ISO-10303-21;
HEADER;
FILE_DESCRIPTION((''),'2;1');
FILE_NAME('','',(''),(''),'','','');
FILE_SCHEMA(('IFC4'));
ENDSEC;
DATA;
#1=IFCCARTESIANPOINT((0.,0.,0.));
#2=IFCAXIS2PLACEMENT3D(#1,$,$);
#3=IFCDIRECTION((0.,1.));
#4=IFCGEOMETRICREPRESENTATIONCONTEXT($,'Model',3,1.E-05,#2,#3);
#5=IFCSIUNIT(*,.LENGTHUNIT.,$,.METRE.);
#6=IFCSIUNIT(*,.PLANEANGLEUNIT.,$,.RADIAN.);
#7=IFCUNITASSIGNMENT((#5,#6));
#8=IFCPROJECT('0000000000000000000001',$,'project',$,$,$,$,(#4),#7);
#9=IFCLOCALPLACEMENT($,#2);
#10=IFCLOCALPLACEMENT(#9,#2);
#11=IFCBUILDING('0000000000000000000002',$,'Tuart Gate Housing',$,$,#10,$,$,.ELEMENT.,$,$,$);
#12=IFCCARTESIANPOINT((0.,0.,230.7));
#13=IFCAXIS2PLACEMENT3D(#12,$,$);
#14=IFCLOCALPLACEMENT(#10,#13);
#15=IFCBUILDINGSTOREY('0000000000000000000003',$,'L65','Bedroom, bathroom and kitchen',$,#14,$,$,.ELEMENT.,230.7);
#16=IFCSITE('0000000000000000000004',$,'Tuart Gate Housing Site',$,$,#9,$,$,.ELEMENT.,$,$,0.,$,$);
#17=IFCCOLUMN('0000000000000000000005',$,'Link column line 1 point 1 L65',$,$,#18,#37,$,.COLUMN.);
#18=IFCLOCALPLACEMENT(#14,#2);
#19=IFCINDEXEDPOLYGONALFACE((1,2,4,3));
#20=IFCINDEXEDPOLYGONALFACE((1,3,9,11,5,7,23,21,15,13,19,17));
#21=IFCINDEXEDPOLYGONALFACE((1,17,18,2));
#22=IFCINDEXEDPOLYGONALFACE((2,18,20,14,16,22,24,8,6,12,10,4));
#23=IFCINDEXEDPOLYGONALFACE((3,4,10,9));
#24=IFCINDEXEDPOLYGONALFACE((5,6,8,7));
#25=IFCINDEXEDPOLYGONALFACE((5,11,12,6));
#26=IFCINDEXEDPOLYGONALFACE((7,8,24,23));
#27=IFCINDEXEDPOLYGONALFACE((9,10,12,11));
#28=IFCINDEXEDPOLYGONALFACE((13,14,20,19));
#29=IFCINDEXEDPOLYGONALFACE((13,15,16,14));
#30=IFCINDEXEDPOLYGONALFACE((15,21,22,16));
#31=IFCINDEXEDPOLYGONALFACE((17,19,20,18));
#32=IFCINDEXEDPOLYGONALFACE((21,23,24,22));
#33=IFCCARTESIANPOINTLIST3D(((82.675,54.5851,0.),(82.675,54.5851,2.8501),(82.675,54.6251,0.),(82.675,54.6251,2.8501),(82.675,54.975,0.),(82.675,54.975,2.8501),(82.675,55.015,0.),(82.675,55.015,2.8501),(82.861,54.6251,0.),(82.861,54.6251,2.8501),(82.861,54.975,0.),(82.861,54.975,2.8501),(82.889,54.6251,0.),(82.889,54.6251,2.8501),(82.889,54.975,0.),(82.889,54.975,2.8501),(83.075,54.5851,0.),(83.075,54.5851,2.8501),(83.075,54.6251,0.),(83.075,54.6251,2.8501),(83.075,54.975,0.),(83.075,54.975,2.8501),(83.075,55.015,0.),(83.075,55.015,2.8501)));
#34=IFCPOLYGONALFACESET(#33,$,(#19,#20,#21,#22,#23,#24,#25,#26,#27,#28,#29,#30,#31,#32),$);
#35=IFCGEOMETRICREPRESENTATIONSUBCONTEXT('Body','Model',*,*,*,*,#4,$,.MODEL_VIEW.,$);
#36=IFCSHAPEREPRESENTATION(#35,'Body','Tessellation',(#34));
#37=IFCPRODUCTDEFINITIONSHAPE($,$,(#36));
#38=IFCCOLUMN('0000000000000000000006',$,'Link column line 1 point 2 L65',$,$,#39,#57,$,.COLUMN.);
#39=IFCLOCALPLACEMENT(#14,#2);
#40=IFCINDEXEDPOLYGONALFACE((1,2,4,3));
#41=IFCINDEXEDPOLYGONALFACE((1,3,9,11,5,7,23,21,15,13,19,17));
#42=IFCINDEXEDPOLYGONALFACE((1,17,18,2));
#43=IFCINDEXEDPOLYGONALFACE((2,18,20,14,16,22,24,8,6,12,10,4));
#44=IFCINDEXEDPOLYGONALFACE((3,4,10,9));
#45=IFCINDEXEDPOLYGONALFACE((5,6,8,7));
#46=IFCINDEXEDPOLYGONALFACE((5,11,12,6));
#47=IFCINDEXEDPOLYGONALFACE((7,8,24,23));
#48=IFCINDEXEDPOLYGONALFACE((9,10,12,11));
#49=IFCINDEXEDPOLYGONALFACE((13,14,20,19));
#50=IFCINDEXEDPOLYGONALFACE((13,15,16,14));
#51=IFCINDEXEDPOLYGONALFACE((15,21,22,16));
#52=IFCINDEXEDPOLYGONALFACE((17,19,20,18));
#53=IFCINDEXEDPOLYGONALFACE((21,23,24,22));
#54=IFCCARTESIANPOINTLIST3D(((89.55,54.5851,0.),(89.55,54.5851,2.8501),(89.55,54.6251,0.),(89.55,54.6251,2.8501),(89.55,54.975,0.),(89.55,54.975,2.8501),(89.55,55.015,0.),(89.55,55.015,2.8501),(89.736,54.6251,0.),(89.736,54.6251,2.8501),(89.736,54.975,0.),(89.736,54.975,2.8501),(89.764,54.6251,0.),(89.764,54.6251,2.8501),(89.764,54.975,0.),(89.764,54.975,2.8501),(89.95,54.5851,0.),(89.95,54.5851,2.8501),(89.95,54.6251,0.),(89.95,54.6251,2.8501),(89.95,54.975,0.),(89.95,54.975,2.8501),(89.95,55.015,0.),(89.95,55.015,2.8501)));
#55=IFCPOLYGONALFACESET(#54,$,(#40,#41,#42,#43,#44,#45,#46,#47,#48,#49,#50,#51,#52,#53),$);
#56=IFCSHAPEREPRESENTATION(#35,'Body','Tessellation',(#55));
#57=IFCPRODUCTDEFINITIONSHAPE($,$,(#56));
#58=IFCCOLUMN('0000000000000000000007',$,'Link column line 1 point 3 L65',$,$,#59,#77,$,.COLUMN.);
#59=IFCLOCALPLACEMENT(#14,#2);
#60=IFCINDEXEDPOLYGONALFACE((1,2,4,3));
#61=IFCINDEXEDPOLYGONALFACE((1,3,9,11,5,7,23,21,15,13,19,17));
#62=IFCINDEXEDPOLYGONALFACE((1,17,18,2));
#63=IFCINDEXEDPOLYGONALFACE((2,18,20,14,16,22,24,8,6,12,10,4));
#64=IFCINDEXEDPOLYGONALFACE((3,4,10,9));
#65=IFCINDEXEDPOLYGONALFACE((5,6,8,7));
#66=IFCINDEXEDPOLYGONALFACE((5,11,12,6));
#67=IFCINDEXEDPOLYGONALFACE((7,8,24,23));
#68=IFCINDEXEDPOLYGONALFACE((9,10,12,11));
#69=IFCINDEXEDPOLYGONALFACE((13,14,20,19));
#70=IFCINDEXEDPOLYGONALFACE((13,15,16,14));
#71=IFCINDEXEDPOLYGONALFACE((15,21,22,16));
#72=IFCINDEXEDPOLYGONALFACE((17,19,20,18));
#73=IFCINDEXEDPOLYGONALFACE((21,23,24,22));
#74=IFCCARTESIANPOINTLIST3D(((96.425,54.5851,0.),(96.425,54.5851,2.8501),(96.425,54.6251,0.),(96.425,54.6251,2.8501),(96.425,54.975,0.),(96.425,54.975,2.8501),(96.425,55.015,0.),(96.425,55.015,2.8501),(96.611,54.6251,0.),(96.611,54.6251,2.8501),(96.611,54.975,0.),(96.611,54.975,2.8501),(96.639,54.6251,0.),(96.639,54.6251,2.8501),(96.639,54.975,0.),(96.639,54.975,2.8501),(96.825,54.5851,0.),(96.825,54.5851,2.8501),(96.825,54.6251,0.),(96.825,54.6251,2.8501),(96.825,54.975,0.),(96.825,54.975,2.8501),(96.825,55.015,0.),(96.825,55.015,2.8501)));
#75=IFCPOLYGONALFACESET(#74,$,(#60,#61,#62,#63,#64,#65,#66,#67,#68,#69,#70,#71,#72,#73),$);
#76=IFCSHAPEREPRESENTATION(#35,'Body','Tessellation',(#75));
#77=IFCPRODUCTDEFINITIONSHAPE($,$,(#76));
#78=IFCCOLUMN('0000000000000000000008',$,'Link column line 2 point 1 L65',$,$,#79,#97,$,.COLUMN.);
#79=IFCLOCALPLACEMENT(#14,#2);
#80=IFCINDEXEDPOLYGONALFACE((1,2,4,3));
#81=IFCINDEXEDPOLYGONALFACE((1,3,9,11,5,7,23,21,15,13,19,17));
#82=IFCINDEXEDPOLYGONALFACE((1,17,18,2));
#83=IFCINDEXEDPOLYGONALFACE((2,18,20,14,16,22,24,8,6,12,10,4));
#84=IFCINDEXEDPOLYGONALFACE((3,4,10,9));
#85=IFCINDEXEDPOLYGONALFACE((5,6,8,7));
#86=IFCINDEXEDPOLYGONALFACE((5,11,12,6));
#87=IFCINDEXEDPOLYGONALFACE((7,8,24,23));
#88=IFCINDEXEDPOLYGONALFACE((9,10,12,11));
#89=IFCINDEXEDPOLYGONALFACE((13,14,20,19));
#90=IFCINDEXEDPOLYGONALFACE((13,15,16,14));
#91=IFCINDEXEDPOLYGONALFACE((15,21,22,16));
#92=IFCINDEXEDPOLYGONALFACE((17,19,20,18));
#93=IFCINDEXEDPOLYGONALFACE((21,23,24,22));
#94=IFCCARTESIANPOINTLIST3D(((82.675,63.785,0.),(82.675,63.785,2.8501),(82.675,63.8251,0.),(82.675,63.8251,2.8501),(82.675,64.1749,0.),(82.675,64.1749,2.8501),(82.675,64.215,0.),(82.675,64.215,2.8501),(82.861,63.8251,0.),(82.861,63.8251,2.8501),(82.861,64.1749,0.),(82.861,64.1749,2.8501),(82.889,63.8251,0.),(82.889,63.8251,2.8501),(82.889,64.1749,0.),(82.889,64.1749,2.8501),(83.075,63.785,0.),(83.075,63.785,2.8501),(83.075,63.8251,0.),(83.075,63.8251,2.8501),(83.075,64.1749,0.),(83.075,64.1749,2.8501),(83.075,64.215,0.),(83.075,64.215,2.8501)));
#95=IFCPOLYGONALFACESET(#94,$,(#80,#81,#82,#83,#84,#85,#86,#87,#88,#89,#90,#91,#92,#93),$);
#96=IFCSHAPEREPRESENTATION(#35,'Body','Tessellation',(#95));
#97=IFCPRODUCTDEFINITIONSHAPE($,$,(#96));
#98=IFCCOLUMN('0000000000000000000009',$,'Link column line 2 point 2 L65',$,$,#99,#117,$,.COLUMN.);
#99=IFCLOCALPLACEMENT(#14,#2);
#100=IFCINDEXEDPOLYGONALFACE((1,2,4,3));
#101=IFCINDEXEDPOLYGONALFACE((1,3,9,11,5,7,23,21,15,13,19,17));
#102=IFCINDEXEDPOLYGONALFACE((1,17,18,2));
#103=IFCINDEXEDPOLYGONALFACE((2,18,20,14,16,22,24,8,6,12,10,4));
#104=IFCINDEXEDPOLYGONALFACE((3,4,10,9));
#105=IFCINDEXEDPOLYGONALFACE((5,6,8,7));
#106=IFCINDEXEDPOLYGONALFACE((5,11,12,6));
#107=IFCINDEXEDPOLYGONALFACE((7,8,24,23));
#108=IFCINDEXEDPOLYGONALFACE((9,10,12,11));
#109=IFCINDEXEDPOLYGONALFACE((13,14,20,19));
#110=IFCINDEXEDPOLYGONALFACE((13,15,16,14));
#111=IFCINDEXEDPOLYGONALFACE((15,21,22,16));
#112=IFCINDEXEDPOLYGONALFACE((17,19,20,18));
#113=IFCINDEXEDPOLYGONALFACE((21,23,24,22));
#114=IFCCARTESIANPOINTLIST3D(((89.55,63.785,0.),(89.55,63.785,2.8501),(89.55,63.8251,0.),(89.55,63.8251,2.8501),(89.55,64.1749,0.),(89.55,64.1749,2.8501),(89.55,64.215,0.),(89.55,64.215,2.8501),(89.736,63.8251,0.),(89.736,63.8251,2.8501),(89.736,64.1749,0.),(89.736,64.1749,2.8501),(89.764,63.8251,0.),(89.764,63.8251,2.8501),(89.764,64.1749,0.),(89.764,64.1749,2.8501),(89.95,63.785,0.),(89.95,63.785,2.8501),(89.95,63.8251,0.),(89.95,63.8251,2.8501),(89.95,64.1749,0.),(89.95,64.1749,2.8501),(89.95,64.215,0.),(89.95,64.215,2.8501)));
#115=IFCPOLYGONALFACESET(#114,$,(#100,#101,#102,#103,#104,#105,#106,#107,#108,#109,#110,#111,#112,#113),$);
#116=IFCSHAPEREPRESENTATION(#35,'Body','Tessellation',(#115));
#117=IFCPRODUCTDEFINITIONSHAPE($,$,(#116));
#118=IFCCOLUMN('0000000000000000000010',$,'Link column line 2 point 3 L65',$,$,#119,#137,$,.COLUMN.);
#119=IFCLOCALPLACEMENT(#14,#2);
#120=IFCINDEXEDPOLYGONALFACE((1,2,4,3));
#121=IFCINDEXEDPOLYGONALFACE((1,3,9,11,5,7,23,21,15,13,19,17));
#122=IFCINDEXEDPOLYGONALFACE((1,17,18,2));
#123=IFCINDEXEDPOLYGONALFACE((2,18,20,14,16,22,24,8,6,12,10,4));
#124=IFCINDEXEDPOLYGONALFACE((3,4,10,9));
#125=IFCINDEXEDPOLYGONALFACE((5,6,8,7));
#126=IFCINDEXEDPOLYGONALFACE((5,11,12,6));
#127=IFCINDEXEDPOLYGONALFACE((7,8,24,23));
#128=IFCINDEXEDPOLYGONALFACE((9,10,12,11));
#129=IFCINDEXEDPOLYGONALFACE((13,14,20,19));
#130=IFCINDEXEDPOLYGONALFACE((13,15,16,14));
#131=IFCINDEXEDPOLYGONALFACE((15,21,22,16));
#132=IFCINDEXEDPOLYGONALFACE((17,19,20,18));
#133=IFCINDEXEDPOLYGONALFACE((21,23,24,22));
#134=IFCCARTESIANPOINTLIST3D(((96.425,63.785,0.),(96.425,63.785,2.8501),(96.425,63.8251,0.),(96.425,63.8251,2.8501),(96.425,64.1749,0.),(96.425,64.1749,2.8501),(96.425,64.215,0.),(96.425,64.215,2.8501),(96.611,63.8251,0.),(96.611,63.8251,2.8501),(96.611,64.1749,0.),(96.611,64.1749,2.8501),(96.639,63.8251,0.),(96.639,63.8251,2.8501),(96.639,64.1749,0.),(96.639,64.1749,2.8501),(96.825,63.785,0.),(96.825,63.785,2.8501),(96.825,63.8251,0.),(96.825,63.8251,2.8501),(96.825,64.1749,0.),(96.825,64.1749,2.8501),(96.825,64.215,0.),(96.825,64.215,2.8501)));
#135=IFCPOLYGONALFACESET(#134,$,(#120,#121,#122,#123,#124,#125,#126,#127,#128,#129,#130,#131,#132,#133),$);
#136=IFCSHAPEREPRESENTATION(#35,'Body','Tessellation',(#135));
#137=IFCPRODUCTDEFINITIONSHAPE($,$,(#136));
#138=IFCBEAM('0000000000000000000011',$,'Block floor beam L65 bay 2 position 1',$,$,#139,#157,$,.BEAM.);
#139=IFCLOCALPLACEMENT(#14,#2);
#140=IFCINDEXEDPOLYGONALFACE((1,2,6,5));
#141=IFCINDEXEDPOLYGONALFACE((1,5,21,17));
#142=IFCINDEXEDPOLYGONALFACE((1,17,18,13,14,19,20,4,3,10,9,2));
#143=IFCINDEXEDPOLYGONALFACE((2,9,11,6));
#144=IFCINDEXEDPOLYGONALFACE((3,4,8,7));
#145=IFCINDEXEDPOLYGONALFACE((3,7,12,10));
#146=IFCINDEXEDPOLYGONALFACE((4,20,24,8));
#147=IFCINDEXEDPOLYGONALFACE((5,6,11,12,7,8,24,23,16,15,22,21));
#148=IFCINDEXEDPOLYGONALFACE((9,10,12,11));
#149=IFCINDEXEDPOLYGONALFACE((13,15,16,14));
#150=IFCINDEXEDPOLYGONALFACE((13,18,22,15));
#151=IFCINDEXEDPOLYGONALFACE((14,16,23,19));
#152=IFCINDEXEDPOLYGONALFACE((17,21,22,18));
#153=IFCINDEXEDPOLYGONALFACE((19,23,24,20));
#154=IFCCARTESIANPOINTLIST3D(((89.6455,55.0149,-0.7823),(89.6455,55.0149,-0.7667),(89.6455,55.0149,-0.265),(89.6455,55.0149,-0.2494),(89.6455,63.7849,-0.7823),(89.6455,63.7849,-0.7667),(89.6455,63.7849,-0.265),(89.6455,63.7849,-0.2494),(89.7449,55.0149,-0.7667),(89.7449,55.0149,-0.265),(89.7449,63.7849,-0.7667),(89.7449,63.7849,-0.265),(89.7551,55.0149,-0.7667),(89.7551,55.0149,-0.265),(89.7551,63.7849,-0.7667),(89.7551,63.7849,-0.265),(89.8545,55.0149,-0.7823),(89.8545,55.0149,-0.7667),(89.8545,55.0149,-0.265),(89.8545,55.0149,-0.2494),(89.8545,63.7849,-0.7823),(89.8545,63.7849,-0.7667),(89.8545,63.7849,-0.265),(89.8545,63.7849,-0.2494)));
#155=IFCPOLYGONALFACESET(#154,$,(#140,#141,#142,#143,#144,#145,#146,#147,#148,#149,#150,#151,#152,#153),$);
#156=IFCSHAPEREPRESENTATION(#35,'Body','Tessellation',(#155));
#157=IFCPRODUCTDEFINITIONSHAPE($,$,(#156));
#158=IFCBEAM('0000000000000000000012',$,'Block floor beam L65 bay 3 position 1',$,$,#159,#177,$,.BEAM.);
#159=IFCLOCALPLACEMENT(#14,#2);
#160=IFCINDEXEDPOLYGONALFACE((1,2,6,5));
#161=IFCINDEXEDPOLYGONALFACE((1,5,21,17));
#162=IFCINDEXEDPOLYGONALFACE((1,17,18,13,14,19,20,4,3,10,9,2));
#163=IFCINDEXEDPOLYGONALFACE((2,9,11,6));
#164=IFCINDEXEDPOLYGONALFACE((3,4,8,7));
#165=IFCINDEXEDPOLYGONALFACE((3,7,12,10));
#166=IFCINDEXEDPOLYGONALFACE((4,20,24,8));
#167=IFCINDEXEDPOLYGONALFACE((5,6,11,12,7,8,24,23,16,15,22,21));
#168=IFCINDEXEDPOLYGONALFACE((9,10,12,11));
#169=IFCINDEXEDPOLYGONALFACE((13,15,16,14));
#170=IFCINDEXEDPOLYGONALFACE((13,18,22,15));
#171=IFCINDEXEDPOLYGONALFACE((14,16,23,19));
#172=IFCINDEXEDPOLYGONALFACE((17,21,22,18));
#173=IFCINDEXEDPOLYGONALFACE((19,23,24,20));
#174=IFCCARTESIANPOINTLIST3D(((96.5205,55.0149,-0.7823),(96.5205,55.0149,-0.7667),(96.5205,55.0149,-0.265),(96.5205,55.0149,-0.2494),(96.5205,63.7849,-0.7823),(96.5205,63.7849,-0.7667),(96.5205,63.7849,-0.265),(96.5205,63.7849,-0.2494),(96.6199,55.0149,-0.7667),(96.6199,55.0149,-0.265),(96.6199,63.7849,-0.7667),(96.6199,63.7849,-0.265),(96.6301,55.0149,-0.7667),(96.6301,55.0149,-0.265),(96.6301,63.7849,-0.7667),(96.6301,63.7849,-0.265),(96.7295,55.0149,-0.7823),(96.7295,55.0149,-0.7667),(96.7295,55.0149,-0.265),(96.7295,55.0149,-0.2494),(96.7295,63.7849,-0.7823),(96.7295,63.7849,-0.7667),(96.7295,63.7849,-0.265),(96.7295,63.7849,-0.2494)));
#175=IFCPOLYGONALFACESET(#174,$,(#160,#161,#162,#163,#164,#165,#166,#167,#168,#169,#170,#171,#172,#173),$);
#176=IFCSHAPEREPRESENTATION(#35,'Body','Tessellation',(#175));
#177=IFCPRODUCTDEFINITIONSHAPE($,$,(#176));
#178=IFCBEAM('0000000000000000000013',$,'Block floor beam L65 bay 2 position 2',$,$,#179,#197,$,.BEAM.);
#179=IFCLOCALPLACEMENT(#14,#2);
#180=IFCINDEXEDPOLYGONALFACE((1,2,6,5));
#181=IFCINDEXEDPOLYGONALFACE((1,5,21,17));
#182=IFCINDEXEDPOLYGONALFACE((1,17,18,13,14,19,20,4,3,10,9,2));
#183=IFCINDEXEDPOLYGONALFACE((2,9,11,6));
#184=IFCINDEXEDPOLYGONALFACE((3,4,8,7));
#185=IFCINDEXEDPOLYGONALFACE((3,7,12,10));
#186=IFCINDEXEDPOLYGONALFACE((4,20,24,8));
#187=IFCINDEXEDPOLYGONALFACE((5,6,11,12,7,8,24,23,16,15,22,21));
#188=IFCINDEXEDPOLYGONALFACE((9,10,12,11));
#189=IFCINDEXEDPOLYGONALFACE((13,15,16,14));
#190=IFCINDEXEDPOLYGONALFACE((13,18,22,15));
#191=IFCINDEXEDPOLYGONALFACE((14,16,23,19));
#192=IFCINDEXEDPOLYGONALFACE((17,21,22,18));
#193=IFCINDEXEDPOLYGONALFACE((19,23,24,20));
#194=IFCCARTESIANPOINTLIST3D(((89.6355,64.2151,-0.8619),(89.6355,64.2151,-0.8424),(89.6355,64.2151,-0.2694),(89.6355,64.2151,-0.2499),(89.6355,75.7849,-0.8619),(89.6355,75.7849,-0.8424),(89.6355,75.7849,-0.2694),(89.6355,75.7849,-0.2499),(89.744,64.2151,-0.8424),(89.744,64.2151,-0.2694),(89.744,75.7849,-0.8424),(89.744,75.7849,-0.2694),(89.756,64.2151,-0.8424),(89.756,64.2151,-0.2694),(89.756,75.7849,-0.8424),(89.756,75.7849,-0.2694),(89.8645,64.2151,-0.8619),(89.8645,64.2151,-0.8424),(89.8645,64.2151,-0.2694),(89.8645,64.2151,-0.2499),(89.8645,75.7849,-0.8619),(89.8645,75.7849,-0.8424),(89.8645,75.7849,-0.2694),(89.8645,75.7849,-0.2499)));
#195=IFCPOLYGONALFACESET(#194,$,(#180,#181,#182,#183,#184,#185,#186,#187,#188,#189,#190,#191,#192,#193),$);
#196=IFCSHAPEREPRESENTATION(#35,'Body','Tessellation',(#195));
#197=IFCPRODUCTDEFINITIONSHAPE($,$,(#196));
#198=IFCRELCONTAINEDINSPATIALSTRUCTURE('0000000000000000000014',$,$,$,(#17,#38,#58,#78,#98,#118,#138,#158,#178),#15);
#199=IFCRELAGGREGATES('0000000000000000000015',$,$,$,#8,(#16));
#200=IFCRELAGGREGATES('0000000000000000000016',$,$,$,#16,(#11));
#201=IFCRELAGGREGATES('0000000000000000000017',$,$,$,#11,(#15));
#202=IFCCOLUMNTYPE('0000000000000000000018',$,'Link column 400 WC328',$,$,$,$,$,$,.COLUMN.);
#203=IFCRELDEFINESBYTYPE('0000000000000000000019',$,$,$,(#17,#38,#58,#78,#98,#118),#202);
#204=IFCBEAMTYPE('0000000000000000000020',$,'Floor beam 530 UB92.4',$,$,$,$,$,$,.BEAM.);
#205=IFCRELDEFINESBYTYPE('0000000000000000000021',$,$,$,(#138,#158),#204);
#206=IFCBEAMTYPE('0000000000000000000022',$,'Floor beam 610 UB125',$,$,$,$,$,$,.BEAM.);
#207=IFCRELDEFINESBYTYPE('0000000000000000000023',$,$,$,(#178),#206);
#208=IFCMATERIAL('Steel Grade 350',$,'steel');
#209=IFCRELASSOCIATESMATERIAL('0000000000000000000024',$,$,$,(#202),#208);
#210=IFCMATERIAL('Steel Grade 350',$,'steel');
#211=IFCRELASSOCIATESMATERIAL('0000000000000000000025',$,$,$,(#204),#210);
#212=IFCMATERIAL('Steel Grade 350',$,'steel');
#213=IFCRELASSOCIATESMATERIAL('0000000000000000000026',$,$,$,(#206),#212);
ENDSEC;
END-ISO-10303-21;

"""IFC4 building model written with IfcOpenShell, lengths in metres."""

from ifc_helpers import new_model, si_unit, direction, frame, origin, origin_2d, place, context, subcontext, project, spatial, i_section, extrude, material, material_profile, profile_set, type_object, element, save


model = new_model("IFC4")

# Units and contexts
model_context = context("Model", 3, precision=1e-05, world=origin(), true_north=direction((0.0, 1.0)))
body_context = subcontext(model_context, "Body", "Model", "MODEL_VIEW")
ifc_project = project(units=[si_unit("LENGTHUNIT", "METRE"), si_unit("PLANEANGLEUNIT", "RADIAN")], contexts=[model_context])

# Site, building, storey
site_placement = place(None, origin())
site = spatial("IfcSite", under=ifc_project, at=site_placement, Name="Tuart Gate Housing Site", CompositionType="ELEMENT", RefElevation=0.0)
building_placement = place(site_placement, origin())
building = spatial("IfcBuilding", under=site, at=building_placement, Name="Tuart Gate Housing", CompositionType="ELEMENT")
storey_placement = place(building_placement, frame((0.0, 0.0, 230.7)))
storey = spatial("IfcBuildingStorey", under=building, at=storey_placement, Name="L65", Description="Bedroom, bathroom and kitchen", CompositionType="ELEMENT", Elevation=230.7)

# Columns
ifc_material_1 = material(Name="Steel Grade 350", Category="steel")
ifc_material_profile_1 = material_profile(ifc_material_1, i_section(OverallWidth=0.3999, OverallDepth=0.4299, WebThickness=0.0281, FlangeThickness=0.04, at=origin_2d()), Name="400WC328")
ifc_profile_set_1 = profile_set([ifc_material_profile_1], Name="Steel Grade 350")
column_type = type_object("IfcColumnType", Name="Link column 400 WC328", PredefinedType="COLUMN", material=ifc_profile_set_1)
for number, where, z_axis, x_axis, name in (
    (1, (82.875, 54.8, 0.0), (0.0, 0.0, 1.0), (1.0, 0.0, 0.0), "Link column line 1 point 1 L65"),
    (2, (89.75, 54.8, 0.0), (0.0, 0.0, 1.0), (1.0, 0.0, 0.0), "Link column line 1 point 2 L65"),
    (3, (96.625, 54.8, 0.0), (0.0, 0.0, 1.0), (1.0, 0.0, 0.0), "Link column line 1 point 3 L65"),
    (4, (82.875, 64.0, 0.0), (0.0, 0.0, 1.0), (1.0, 0.0, 0.0), "Link column line 2 point 1 L65"),
    (5, (89.75, 64.0, 0.0), (0.0, 0.0, 1.0), (1.0, 0.0, 0.0), "Link column line 2 point 2 L65"),
    (6, (96.625, 64.0, 0.0), (0.0, 0.0, 1.0), (1.0, 0.0, 0.0), "Link column line 2 point 3 L65"),
):
    element("IfcColumn", number, at=place(storey_placement, frame(where, z_axis=z_axis, x_axis=x_axis)), inside=storey, type_object=column_type, Name=name, PredefinedType="COLUMN", context=body_context, shape_type="SweptSolid", body=[
        extrude(i_section(OverallWidth=0.3999, OverallDepth=0.4299, WebThickness=0.0281, FlangeThickness=0.04, at=origin_2d()), origin(), (0.0, 0.0, 1.0), 2.8501),
    ])

# Beams
ifc_material_2 = material(Name="Steel Grade 350", Category="steel")
ifc_material_profile_2 = material_profile(ifc_material_2, i_section(OverallWidth=0.209, OverallDepth=0.533, WebThickness=0.0103, FlangeThickness=0.0156, at=origin_2d()), Name="530UB92.4")
ifc_profile_set_2 = profile_set([ifc_material_profile_2], Name="Steel Grade 350")
beam_type_1 = type_object("IfcBeamType", Name="Floor beam 530 UB92.4", PredefinedType="BEAM", material=ifc_profile_set_2)
for number, where, z_axis, x_axis, name in (
    (7, (89.75, 55.0149, -0.5159), (0.0, 1.0, 0.0), (-1.0, 0.0, 0.0), "Block floor beam L65 bay 2 position 1"),
    (8, (96.625, 55.0149, -0.5159), (0.0, 1.0, 0.0), (-1.0, 0.0, 0.0), "Block floor beam L65 bay 3 position 1"),
):
    element("IfcBeam", number, at=place(storey_placement, frame(where, z_axis=z_axis, x_axis=x_axis)), inside=storey, type_object=beam_type_1, Name=name, PredefinedType="BEAM", context=body_context, shape_type="SweptSolid", body=[
        extrude(i_section(OverallWidth=0.209, OverallDepth=0.533, WebThickness=0.0103, FlangeThickness=0.0156, at=origin_2d()), origin(), (0.0, 0.0, 1.0), 8.77),
    ])
ifc_material_3 = material(Name="Steel Grade 350", Category="steel")
ifc_material_profile_3 = material_profile(ifc_material_3, i_section(OverallWidth=0.229, OverallDepth=0.6121, WebThickness=0.012, FlangeThickness=0.0195, at=origin_2d()), Name="610UB125")
ifc_profile_set_3 = profile_set([ifc_material_profile_3], Name="Steel Grade 350")
beam_type_2 = type_object("IfcBeamType", Name="Floor beam 610 UB125", PredefinedType="BEAM", material=ifc_profile_set_3)
for number, where, z_axis, x_axis, name in (
    (9, (89.75, 64.2151, -0.5559), (0.0, 1.0, 0.0), (-1.0, 0.0, 0.0), "Block floor beam L65 bay 2 position 2"),
):
    element("IfcBeam", number, at=place(storey_placement, frame(where, z_axis=z_axis, x_axis=x_axis)), inside=storey, type_object=beam_type_2, Name=name, PredefinedType="BEAM", context=body_context, shape_type="SweptSolid", body=[
        extrude(i_section(OverallWidth=0.229, OverallDepth=0.6121, WebThickness=0.012, FlangeThickness=0.0195, at=origin_2d()), origin(), (0.0, 0.0, 1.0), 11.5698),
    ])

save(model, "model.ifc")
